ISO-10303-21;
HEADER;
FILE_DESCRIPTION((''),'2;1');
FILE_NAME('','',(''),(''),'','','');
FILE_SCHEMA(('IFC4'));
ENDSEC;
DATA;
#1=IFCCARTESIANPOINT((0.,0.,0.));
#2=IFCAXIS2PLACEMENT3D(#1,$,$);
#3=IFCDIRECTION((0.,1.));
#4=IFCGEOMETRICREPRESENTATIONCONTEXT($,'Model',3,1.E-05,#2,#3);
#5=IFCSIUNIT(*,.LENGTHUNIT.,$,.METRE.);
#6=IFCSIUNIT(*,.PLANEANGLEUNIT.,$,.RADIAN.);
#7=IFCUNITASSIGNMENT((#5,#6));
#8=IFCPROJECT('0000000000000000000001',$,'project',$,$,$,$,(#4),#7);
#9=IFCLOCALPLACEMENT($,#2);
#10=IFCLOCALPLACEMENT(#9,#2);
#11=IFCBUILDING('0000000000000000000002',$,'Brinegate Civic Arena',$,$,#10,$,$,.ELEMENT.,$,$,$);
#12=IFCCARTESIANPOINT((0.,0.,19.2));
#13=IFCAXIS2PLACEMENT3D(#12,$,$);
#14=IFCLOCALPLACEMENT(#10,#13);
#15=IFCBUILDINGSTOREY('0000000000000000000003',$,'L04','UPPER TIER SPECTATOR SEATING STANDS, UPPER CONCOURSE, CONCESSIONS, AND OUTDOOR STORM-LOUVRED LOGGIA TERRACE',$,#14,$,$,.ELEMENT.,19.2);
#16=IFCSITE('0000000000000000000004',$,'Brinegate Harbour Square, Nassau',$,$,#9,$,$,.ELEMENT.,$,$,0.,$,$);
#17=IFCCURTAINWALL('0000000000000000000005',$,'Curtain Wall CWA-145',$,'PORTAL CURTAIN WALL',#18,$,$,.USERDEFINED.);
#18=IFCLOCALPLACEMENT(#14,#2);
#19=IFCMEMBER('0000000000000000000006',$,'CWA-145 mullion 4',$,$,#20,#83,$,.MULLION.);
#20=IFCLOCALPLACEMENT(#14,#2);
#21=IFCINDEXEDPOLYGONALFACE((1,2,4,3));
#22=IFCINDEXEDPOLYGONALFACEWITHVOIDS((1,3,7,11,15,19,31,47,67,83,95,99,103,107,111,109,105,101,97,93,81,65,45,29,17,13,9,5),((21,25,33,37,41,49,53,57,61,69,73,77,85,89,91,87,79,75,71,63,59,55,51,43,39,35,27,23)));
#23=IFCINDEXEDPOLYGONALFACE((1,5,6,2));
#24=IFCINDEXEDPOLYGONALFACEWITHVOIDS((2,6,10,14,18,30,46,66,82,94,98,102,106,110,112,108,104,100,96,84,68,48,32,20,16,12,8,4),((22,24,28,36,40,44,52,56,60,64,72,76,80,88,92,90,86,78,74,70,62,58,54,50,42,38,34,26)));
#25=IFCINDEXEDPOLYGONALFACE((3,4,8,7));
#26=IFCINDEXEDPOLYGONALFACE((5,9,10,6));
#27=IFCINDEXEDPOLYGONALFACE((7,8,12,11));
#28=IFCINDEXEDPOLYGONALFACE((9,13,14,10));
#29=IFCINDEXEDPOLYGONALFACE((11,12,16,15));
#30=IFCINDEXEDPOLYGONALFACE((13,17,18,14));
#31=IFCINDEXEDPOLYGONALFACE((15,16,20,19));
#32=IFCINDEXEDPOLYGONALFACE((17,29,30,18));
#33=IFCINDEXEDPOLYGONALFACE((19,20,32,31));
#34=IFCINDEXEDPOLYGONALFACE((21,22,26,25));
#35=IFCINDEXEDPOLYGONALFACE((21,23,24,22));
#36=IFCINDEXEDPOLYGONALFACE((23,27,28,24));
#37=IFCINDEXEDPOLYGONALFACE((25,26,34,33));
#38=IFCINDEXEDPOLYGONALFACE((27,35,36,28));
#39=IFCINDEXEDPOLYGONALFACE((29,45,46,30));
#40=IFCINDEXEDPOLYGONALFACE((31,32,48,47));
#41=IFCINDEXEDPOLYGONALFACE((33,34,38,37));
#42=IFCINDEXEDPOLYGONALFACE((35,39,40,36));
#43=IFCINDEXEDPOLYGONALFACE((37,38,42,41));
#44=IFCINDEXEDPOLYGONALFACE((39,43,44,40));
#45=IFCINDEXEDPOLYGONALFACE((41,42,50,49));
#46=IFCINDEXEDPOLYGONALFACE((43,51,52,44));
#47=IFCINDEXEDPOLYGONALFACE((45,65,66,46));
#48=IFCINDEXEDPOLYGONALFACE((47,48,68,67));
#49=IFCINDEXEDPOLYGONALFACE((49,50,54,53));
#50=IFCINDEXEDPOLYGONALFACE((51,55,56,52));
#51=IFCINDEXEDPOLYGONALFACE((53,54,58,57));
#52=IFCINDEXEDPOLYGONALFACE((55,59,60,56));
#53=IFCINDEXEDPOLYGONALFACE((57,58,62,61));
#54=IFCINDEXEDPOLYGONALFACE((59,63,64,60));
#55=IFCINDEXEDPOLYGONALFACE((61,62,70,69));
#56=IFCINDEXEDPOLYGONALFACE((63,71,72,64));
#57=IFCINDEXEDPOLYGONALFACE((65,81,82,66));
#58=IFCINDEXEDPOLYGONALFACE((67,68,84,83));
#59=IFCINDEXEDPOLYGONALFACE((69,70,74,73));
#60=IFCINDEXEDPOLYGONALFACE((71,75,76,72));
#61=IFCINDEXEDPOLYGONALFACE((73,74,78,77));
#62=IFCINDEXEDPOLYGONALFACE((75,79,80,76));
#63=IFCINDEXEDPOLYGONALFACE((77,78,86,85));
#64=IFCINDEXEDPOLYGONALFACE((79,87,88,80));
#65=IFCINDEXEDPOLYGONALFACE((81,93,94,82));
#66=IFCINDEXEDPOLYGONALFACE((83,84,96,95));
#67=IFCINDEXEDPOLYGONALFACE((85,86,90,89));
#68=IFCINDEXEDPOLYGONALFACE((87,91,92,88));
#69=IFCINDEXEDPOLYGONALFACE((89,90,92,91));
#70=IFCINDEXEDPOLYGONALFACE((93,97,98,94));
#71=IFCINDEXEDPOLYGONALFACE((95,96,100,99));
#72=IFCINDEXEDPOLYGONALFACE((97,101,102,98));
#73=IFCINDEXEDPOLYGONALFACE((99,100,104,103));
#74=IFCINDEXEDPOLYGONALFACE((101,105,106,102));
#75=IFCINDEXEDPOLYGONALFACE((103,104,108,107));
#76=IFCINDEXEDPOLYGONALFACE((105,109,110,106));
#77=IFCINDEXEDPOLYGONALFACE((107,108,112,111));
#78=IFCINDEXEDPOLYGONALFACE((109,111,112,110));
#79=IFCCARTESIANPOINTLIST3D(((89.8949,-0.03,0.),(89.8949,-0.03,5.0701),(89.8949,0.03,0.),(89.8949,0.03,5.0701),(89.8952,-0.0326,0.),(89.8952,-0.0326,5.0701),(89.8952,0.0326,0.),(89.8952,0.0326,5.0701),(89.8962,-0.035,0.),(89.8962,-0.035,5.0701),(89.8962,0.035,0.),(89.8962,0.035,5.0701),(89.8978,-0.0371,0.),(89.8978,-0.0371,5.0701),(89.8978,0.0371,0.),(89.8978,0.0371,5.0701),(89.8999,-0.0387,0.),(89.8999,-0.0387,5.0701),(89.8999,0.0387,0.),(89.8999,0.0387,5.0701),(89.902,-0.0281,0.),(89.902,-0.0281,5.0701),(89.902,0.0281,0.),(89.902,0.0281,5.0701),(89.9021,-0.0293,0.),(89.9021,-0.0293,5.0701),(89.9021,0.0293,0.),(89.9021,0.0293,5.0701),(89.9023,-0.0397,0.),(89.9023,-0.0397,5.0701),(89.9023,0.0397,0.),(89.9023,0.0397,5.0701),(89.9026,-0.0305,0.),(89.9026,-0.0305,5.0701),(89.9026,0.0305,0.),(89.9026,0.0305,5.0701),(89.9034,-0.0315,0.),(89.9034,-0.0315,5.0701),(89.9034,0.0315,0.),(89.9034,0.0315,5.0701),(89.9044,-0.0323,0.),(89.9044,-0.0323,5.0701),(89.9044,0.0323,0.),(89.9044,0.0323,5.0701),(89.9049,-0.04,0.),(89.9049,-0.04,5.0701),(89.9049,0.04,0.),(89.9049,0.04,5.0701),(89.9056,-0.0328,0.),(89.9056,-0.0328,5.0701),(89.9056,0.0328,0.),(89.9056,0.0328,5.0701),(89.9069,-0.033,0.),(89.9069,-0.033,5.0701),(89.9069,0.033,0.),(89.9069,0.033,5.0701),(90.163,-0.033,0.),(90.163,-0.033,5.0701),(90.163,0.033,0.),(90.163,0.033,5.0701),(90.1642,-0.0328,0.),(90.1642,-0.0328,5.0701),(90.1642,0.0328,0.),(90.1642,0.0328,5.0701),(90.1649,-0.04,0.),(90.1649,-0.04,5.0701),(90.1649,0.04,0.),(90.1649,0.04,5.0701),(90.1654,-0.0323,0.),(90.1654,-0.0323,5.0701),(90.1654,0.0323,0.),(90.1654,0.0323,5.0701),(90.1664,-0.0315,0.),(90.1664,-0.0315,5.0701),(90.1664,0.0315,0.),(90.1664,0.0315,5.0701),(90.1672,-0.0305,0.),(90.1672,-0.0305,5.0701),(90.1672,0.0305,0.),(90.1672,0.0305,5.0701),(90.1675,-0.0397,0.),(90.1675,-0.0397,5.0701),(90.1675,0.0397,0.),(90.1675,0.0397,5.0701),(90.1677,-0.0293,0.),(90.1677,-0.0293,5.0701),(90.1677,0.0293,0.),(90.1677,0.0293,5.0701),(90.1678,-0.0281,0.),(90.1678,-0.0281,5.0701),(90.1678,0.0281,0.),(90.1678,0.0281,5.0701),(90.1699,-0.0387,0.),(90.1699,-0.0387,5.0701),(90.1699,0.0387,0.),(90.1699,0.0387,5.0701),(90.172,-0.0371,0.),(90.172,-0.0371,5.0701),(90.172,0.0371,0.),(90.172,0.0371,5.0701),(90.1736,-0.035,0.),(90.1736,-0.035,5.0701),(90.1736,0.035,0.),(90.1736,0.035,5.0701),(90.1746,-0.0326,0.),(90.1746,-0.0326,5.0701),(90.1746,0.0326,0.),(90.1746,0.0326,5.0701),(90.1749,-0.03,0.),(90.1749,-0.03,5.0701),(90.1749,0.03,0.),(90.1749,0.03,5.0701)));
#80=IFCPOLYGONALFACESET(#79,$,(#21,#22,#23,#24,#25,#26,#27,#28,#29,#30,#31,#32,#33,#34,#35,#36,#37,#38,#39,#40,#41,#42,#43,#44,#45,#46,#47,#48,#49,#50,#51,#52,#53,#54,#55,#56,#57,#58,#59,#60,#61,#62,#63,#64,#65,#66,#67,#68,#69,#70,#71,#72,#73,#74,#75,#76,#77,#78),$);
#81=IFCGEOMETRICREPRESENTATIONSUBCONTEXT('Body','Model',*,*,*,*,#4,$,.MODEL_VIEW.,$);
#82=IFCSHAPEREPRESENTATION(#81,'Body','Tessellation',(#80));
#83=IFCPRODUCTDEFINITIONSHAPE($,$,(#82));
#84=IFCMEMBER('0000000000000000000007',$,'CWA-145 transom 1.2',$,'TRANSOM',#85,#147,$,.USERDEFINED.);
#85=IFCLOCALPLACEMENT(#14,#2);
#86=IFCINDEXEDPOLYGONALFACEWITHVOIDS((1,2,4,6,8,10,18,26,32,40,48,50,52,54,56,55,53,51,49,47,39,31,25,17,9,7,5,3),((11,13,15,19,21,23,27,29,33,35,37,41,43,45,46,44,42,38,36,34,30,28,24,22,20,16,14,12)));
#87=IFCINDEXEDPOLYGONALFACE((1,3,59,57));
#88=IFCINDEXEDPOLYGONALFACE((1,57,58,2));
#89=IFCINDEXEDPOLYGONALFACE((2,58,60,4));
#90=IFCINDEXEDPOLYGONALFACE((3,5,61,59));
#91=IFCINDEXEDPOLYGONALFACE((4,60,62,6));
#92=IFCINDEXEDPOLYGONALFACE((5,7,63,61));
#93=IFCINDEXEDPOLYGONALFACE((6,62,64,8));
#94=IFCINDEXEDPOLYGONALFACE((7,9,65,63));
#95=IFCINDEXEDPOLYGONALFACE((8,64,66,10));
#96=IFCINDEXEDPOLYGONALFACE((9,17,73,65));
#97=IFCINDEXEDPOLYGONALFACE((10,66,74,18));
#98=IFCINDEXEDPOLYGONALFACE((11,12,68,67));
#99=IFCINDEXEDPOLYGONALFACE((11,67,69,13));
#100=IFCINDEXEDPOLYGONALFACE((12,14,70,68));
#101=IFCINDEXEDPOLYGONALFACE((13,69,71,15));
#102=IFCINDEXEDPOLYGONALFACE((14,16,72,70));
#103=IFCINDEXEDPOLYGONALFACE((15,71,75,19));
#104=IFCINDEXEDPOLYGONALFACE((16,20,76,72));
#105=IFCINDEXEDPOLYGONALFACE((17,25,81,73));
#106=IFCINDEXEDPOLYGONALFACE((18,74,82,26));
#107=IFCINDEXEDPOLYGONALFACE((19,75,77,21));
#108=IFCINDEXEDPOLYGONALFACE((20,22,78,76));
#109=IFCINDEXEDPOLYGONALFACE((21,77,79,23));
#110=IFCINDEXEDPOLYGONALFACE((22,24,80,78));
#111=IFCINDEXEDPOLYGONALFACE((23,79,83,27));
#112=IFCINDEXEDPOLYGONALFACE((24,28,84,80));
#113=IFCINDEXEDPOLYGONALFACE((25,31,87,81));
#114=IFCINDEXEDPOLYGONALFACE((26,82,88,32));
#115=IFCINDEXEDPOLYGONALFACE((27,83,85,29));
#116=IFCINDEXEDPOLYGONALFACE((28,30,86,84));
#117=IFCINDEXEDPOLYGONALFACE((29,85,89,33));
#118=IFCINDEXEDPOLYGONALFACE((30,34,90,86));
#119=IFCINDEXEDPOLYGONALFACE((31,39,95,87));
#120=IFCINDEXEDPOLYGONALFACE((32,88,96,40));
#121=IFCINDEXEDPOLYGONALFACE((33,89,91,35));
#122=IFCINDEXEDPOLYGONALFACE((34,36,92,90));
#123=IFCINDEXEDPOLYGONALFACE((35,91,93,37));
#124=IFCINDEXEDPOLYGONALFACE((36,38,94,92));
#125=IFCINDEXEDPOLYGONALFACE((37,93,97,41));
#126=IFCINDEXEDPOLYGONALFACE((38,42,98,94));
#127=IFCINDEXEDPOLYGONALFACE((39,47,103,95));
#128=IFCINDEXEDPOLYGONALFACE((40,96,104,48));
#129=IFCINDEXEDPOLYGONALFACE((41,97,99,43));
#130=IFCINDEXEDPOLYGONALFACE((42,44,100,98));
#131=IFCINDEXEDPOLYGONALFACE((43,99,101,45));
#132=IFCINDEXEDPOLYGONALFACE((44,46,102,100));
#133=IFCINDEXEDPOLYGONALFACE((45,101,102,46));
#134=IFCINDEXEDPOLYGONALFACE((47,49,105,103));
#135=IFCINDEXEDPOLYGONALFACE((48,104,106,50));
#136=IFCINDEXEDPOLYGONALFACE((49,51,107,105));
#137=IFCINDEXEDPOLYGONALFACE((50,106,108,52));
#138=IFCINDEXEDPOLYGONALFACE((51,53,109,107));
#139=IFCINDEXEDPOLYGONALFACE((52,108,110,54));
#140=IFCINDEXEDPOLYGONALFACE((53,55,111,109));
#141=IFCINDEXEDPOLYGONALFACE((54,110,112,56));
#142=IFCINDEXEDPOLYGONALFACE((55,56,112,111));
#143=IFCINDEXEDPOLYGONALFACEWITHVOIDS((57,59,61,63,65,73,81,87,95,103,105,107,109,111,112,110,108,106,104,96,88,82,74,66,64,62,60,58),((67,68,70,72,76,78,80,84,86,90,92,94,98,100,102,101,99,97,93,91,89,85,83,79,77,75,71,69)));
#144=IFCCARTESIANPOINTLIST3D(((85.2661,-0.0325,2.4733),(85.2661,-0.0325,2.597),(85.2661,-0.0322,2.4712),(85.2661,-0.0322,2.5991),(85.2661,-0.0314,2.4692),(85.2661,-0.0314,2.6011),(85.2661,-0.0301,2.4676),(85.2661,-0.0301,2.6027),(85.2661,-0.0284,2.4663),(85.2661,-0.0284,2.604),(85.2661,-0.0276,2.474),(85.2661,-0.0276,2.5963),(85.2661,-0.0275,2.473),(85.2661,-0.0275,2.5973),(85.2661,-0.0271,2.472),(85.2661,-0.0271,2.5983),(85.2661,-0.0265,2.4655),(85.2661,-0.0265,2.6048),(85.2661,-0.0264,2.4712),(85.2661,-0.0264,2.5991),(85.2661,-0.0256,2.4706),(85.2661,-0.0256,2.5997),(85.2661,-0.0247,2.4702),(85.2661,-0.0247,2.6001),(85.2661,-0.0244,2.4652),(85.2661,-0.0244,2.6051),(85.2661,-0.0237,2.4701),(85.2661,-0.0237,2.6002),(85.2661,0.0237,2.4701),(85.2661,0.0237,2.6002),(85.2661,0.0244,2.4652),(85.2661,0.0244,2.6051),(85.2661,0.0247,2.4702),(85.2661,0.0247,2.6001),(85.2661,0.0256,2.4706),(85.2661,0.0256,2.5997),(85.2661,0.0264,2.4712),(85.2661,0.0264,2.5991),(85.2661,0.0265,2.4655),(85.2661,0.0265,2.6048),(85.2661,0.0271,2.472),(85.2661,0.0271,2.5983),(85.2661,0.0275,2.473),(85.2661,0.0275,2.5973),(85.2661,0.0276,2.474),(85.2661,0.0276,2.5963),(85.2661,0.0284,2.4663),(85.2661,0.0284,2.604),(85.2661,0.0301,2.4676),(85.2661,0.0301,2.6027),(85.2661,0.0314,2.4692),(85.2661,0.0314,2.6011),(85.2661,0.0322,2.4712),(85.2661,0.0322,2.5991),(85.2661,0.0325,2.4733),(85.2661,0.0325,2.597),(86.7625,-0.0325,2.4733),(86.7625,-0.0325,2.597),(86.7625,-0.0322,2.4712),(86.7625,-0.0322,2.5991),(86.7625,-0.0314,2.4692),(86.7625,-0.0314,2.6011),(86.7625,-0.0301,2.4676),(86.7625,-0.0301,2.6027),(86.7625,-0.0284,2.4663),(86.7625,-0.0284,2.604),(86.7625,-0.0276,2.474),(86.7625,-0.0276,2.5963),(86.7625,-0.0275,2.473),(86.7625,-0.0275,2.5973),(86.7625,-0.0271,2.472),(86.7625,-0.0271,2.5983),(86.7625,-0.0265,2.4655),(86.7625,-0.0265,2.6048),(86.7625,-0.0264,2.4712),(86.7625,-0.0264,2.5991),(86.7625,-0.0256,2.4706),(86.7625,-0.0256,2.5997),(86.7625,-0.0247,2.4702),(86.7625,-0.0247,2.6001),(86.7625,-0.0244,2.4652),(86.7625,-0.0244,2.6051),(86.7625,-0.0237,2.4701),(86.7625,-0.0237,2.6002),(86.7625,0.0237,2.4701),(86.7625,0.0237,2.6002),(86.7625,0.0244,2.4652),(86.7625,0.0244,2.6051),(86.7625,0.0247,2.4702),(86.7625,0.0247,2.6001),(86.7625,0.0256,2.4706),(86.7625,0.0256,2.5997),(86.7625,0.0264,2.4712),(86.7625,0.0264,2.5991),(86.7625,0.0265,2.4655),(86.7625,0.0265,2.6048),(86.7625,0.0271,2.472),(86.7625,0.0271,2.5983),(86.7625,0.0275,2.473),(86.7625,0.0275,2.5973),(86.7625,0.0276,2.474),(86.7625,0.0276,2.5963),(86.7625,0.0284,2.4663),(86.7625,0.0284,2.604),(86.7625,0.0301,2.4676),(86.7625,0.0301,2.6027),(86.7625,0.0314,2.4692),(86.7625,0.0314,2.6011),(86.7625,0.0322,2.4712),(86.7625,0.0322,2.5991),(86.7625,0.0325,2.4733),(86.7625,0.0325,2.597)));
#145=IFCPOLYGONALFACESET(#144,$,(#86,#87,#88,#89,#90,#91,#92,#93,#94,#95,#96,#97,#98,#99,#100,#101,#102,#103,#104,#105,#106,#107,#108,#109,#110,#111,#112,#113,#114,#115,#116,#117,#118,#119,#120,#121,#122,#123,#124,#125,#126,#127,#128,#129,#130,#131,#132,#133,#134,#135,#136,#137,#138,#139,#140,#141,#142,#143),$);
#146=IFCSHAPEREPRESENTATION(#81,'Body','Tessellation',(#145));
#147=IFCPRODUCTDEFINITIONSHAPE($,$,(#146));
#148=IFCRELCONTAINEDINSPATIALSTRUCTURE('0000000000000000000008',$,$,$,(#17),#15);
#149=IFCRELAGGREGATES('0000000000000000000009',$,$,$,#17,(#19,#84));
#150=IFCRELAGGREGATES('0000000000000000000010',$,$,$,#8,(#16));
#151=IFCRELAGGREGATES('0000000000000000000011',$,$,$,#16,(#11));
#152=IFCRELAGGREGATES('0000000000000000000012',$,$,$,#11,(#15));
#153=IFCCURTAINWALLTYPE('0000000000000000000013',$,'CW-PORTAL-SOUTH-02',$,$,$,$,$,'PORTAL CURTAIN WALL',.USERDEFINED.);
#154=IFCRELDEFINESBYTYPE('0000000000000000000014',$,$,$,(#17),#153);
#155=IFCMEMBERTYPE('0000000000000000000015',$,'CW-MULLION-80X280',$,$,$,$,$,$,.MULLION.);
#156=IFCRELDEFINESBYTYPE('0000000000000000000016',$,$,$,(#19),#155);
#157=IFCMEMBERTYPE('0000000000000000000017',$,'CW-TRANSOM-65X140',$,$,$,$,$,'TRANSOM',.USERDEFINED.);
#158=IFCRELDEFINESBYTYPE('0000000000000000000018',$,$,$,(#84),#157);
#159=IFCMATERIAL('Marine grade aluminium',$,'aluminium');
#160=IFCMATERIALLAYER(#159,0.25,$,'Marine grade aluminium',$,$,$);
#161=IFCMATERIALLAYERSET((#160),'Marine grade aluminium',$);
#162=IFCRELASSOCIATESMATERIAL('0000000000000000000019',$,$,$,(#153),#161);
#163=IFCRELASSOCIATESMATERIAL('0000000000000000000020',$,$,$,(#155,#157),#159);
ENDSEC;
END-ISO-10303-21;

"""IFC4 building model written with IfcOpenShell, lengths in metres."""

from ifc_helpers import new_model, si_unit, direction, frame, origin, origin_2d, place, context, subcontext, project, spatial, hollow_rectangle, extrude, material, layer, layer_set, material_profile, profile_set, type_object, element, aggregate, save


model = new_model("IFC4")

# Units and contexts
model_context = context("Model", 3, precision=1e-05, world=origin(), true_north=direction((0.0, 1.0)))
body_context = subcontext(model_context, "Body", "Model", "MODEL_VIEW")
ifc_project = project(units=[si_unit("LENGTHUNIT", "METRE"), si_unit("PLANEANGLEUNIT", "RADIAN")], contexts=[model_context])

# Site, building, storey
site_placement = place(None, origin())
site = spatial("IfcSite", under=ifc_project, at=site_placement, Name="Brinegate Harbour Square, Nassau", CompositionType="ELEMENT", RefElevation=0.0)
building_placement = place(site_placement, origin())
building = spatial("IfcBuilding", under=site, at=building_placement, Name="Brinegate Civic Arena", CompositionType="ELEMENT")
storey_placement = place(building_placement, frame((0.0, 0.0, 19.2)))
storey = spatial("IfcBuildingStorey", under=building, at=storey_placement, Name="L04", Description="UPPER TIER SPECTATOR SEATING STANDS, UPPER CONCOURSE, CONCESSIONS, AND OUTDOOR STORM-LOUVRED LOGGIA TERRACE", CompositionType="ELEMENT", Elevation=19.2)

# Curtain wall, members
ifc_material_1 = material(Name="Marine grade aluminium", Category="aluminium")
ifc_layer_1 = layer(ifc_material_1, 0.25, Name="Marine grade aluminium")
ifc_layer_set_1 = layer_set([ifc_layer_1], Name="Marine grade aluminium")
curtain_wall_type = type_object("IfcCurtainWallType", Name="CW-PORTAL-SOUTH-02", ElementType="PORTAL CURTAIN WALL", PredefinedType="USERDEFINED", material=ifc_layer_set_1)
curtain_wall_placement = place(storey_placement, origin())
curtain_wall = element("IfcCurtainWall", 1, at=curtain_wall_placement, inside=storey, type_object=curtain_wall_type, Name="Curtain Wall CWA-145", ObjectType="PORTAL CURTAIN WALL", PredefinedType="USERDEFINED")
ifc_material_profile_1 = material_profile(ifc_material_1, hollow_rectangle(XDim=0.0801, YDim=0.28, WallThickness=0.0071, InnerFilletRadius=0.0049, OuterFilletRadius=0.01, at=origin_2d()), Name="MUL80X280")
ifc_profile_set_1 = profile_set([ifc_material_profile_1], Name="Marine grade aluminium")
member_type_1 = type_object("IfcMemberType", Name="CW-MULLION-80X280", PredefinedType="MULLION", material=ifc_profile_set_1)
member_1_placement = place(storey_placement, frame((90.0349, 0.0, 0.0), z_axis=(0.0, 0.0, 1.0), x_axis=(0.0, 1.0, 0.0)))
member_1 = element("IfcMember", 2, at=member_1_placement, type_object=member_type_1, Name="CWA-145 mullion 4", PredefinedType="MULLION", context=body_context, shape_type="SweptSolid", body=[
    extrude(hollow_rectangle(XDim=0.0801, YDim=0.28, WallThickness=0.0071, InnerFilletRadius=0.0049, OuterFilletRadius=0.01, at=origin_2d()), origin(), (0.0, 0.0, 1.0), 5.0701),
])
ifc_material_profile_2 = material_profile(ifc_material_1, hollow_rectangle(XDim=0.0649, YDim=0.1399, WallThickness=0.0049, InnerFilletRadius=0.0039, OuterFilletRadius=0.0081, at=origin_2d()), Name="TRN65X140")
ifc_profile_set_2 = profile_set([ifc_material_profile_2], Name="Marine grade aluminium")
member_type_2 = type_object("IfcMemberType", Name="CW-TRANSOM-65X140", ElementType="TRANSOM", PredefinedType="USERDEFINED", material=ifc_profile_set_2)
member_2_placement = place(storey_placement, frame((85.2661, 0.0, 2.5352), z_axis=(1.0, 0.0, 0.0), x_axis=(0.0, 1.0, 0.0)))
member_2 = element("IfcMember", 3, at=member_2_placement, type_object=member_type_2, Name="CWA-145 transom 1.2", ObjectType="TRANSOM", PredefinedType="USERDEFINED", context=body_context, shape_type="SweptSolid", body=[
    extrude(hollow_rectangle(XDim=0.0649, YDim=0.1399, WallThickness=0.0049, InnerFilletRadius=0.0039, OuterFilletRadius=0.0081, at=origin_2d()), origin(), (0.0, 0.0, 1.0), 1.4963),
])
aggregate(curtain_wall, [member_1, member_2])

save(model, "model.ifc")
